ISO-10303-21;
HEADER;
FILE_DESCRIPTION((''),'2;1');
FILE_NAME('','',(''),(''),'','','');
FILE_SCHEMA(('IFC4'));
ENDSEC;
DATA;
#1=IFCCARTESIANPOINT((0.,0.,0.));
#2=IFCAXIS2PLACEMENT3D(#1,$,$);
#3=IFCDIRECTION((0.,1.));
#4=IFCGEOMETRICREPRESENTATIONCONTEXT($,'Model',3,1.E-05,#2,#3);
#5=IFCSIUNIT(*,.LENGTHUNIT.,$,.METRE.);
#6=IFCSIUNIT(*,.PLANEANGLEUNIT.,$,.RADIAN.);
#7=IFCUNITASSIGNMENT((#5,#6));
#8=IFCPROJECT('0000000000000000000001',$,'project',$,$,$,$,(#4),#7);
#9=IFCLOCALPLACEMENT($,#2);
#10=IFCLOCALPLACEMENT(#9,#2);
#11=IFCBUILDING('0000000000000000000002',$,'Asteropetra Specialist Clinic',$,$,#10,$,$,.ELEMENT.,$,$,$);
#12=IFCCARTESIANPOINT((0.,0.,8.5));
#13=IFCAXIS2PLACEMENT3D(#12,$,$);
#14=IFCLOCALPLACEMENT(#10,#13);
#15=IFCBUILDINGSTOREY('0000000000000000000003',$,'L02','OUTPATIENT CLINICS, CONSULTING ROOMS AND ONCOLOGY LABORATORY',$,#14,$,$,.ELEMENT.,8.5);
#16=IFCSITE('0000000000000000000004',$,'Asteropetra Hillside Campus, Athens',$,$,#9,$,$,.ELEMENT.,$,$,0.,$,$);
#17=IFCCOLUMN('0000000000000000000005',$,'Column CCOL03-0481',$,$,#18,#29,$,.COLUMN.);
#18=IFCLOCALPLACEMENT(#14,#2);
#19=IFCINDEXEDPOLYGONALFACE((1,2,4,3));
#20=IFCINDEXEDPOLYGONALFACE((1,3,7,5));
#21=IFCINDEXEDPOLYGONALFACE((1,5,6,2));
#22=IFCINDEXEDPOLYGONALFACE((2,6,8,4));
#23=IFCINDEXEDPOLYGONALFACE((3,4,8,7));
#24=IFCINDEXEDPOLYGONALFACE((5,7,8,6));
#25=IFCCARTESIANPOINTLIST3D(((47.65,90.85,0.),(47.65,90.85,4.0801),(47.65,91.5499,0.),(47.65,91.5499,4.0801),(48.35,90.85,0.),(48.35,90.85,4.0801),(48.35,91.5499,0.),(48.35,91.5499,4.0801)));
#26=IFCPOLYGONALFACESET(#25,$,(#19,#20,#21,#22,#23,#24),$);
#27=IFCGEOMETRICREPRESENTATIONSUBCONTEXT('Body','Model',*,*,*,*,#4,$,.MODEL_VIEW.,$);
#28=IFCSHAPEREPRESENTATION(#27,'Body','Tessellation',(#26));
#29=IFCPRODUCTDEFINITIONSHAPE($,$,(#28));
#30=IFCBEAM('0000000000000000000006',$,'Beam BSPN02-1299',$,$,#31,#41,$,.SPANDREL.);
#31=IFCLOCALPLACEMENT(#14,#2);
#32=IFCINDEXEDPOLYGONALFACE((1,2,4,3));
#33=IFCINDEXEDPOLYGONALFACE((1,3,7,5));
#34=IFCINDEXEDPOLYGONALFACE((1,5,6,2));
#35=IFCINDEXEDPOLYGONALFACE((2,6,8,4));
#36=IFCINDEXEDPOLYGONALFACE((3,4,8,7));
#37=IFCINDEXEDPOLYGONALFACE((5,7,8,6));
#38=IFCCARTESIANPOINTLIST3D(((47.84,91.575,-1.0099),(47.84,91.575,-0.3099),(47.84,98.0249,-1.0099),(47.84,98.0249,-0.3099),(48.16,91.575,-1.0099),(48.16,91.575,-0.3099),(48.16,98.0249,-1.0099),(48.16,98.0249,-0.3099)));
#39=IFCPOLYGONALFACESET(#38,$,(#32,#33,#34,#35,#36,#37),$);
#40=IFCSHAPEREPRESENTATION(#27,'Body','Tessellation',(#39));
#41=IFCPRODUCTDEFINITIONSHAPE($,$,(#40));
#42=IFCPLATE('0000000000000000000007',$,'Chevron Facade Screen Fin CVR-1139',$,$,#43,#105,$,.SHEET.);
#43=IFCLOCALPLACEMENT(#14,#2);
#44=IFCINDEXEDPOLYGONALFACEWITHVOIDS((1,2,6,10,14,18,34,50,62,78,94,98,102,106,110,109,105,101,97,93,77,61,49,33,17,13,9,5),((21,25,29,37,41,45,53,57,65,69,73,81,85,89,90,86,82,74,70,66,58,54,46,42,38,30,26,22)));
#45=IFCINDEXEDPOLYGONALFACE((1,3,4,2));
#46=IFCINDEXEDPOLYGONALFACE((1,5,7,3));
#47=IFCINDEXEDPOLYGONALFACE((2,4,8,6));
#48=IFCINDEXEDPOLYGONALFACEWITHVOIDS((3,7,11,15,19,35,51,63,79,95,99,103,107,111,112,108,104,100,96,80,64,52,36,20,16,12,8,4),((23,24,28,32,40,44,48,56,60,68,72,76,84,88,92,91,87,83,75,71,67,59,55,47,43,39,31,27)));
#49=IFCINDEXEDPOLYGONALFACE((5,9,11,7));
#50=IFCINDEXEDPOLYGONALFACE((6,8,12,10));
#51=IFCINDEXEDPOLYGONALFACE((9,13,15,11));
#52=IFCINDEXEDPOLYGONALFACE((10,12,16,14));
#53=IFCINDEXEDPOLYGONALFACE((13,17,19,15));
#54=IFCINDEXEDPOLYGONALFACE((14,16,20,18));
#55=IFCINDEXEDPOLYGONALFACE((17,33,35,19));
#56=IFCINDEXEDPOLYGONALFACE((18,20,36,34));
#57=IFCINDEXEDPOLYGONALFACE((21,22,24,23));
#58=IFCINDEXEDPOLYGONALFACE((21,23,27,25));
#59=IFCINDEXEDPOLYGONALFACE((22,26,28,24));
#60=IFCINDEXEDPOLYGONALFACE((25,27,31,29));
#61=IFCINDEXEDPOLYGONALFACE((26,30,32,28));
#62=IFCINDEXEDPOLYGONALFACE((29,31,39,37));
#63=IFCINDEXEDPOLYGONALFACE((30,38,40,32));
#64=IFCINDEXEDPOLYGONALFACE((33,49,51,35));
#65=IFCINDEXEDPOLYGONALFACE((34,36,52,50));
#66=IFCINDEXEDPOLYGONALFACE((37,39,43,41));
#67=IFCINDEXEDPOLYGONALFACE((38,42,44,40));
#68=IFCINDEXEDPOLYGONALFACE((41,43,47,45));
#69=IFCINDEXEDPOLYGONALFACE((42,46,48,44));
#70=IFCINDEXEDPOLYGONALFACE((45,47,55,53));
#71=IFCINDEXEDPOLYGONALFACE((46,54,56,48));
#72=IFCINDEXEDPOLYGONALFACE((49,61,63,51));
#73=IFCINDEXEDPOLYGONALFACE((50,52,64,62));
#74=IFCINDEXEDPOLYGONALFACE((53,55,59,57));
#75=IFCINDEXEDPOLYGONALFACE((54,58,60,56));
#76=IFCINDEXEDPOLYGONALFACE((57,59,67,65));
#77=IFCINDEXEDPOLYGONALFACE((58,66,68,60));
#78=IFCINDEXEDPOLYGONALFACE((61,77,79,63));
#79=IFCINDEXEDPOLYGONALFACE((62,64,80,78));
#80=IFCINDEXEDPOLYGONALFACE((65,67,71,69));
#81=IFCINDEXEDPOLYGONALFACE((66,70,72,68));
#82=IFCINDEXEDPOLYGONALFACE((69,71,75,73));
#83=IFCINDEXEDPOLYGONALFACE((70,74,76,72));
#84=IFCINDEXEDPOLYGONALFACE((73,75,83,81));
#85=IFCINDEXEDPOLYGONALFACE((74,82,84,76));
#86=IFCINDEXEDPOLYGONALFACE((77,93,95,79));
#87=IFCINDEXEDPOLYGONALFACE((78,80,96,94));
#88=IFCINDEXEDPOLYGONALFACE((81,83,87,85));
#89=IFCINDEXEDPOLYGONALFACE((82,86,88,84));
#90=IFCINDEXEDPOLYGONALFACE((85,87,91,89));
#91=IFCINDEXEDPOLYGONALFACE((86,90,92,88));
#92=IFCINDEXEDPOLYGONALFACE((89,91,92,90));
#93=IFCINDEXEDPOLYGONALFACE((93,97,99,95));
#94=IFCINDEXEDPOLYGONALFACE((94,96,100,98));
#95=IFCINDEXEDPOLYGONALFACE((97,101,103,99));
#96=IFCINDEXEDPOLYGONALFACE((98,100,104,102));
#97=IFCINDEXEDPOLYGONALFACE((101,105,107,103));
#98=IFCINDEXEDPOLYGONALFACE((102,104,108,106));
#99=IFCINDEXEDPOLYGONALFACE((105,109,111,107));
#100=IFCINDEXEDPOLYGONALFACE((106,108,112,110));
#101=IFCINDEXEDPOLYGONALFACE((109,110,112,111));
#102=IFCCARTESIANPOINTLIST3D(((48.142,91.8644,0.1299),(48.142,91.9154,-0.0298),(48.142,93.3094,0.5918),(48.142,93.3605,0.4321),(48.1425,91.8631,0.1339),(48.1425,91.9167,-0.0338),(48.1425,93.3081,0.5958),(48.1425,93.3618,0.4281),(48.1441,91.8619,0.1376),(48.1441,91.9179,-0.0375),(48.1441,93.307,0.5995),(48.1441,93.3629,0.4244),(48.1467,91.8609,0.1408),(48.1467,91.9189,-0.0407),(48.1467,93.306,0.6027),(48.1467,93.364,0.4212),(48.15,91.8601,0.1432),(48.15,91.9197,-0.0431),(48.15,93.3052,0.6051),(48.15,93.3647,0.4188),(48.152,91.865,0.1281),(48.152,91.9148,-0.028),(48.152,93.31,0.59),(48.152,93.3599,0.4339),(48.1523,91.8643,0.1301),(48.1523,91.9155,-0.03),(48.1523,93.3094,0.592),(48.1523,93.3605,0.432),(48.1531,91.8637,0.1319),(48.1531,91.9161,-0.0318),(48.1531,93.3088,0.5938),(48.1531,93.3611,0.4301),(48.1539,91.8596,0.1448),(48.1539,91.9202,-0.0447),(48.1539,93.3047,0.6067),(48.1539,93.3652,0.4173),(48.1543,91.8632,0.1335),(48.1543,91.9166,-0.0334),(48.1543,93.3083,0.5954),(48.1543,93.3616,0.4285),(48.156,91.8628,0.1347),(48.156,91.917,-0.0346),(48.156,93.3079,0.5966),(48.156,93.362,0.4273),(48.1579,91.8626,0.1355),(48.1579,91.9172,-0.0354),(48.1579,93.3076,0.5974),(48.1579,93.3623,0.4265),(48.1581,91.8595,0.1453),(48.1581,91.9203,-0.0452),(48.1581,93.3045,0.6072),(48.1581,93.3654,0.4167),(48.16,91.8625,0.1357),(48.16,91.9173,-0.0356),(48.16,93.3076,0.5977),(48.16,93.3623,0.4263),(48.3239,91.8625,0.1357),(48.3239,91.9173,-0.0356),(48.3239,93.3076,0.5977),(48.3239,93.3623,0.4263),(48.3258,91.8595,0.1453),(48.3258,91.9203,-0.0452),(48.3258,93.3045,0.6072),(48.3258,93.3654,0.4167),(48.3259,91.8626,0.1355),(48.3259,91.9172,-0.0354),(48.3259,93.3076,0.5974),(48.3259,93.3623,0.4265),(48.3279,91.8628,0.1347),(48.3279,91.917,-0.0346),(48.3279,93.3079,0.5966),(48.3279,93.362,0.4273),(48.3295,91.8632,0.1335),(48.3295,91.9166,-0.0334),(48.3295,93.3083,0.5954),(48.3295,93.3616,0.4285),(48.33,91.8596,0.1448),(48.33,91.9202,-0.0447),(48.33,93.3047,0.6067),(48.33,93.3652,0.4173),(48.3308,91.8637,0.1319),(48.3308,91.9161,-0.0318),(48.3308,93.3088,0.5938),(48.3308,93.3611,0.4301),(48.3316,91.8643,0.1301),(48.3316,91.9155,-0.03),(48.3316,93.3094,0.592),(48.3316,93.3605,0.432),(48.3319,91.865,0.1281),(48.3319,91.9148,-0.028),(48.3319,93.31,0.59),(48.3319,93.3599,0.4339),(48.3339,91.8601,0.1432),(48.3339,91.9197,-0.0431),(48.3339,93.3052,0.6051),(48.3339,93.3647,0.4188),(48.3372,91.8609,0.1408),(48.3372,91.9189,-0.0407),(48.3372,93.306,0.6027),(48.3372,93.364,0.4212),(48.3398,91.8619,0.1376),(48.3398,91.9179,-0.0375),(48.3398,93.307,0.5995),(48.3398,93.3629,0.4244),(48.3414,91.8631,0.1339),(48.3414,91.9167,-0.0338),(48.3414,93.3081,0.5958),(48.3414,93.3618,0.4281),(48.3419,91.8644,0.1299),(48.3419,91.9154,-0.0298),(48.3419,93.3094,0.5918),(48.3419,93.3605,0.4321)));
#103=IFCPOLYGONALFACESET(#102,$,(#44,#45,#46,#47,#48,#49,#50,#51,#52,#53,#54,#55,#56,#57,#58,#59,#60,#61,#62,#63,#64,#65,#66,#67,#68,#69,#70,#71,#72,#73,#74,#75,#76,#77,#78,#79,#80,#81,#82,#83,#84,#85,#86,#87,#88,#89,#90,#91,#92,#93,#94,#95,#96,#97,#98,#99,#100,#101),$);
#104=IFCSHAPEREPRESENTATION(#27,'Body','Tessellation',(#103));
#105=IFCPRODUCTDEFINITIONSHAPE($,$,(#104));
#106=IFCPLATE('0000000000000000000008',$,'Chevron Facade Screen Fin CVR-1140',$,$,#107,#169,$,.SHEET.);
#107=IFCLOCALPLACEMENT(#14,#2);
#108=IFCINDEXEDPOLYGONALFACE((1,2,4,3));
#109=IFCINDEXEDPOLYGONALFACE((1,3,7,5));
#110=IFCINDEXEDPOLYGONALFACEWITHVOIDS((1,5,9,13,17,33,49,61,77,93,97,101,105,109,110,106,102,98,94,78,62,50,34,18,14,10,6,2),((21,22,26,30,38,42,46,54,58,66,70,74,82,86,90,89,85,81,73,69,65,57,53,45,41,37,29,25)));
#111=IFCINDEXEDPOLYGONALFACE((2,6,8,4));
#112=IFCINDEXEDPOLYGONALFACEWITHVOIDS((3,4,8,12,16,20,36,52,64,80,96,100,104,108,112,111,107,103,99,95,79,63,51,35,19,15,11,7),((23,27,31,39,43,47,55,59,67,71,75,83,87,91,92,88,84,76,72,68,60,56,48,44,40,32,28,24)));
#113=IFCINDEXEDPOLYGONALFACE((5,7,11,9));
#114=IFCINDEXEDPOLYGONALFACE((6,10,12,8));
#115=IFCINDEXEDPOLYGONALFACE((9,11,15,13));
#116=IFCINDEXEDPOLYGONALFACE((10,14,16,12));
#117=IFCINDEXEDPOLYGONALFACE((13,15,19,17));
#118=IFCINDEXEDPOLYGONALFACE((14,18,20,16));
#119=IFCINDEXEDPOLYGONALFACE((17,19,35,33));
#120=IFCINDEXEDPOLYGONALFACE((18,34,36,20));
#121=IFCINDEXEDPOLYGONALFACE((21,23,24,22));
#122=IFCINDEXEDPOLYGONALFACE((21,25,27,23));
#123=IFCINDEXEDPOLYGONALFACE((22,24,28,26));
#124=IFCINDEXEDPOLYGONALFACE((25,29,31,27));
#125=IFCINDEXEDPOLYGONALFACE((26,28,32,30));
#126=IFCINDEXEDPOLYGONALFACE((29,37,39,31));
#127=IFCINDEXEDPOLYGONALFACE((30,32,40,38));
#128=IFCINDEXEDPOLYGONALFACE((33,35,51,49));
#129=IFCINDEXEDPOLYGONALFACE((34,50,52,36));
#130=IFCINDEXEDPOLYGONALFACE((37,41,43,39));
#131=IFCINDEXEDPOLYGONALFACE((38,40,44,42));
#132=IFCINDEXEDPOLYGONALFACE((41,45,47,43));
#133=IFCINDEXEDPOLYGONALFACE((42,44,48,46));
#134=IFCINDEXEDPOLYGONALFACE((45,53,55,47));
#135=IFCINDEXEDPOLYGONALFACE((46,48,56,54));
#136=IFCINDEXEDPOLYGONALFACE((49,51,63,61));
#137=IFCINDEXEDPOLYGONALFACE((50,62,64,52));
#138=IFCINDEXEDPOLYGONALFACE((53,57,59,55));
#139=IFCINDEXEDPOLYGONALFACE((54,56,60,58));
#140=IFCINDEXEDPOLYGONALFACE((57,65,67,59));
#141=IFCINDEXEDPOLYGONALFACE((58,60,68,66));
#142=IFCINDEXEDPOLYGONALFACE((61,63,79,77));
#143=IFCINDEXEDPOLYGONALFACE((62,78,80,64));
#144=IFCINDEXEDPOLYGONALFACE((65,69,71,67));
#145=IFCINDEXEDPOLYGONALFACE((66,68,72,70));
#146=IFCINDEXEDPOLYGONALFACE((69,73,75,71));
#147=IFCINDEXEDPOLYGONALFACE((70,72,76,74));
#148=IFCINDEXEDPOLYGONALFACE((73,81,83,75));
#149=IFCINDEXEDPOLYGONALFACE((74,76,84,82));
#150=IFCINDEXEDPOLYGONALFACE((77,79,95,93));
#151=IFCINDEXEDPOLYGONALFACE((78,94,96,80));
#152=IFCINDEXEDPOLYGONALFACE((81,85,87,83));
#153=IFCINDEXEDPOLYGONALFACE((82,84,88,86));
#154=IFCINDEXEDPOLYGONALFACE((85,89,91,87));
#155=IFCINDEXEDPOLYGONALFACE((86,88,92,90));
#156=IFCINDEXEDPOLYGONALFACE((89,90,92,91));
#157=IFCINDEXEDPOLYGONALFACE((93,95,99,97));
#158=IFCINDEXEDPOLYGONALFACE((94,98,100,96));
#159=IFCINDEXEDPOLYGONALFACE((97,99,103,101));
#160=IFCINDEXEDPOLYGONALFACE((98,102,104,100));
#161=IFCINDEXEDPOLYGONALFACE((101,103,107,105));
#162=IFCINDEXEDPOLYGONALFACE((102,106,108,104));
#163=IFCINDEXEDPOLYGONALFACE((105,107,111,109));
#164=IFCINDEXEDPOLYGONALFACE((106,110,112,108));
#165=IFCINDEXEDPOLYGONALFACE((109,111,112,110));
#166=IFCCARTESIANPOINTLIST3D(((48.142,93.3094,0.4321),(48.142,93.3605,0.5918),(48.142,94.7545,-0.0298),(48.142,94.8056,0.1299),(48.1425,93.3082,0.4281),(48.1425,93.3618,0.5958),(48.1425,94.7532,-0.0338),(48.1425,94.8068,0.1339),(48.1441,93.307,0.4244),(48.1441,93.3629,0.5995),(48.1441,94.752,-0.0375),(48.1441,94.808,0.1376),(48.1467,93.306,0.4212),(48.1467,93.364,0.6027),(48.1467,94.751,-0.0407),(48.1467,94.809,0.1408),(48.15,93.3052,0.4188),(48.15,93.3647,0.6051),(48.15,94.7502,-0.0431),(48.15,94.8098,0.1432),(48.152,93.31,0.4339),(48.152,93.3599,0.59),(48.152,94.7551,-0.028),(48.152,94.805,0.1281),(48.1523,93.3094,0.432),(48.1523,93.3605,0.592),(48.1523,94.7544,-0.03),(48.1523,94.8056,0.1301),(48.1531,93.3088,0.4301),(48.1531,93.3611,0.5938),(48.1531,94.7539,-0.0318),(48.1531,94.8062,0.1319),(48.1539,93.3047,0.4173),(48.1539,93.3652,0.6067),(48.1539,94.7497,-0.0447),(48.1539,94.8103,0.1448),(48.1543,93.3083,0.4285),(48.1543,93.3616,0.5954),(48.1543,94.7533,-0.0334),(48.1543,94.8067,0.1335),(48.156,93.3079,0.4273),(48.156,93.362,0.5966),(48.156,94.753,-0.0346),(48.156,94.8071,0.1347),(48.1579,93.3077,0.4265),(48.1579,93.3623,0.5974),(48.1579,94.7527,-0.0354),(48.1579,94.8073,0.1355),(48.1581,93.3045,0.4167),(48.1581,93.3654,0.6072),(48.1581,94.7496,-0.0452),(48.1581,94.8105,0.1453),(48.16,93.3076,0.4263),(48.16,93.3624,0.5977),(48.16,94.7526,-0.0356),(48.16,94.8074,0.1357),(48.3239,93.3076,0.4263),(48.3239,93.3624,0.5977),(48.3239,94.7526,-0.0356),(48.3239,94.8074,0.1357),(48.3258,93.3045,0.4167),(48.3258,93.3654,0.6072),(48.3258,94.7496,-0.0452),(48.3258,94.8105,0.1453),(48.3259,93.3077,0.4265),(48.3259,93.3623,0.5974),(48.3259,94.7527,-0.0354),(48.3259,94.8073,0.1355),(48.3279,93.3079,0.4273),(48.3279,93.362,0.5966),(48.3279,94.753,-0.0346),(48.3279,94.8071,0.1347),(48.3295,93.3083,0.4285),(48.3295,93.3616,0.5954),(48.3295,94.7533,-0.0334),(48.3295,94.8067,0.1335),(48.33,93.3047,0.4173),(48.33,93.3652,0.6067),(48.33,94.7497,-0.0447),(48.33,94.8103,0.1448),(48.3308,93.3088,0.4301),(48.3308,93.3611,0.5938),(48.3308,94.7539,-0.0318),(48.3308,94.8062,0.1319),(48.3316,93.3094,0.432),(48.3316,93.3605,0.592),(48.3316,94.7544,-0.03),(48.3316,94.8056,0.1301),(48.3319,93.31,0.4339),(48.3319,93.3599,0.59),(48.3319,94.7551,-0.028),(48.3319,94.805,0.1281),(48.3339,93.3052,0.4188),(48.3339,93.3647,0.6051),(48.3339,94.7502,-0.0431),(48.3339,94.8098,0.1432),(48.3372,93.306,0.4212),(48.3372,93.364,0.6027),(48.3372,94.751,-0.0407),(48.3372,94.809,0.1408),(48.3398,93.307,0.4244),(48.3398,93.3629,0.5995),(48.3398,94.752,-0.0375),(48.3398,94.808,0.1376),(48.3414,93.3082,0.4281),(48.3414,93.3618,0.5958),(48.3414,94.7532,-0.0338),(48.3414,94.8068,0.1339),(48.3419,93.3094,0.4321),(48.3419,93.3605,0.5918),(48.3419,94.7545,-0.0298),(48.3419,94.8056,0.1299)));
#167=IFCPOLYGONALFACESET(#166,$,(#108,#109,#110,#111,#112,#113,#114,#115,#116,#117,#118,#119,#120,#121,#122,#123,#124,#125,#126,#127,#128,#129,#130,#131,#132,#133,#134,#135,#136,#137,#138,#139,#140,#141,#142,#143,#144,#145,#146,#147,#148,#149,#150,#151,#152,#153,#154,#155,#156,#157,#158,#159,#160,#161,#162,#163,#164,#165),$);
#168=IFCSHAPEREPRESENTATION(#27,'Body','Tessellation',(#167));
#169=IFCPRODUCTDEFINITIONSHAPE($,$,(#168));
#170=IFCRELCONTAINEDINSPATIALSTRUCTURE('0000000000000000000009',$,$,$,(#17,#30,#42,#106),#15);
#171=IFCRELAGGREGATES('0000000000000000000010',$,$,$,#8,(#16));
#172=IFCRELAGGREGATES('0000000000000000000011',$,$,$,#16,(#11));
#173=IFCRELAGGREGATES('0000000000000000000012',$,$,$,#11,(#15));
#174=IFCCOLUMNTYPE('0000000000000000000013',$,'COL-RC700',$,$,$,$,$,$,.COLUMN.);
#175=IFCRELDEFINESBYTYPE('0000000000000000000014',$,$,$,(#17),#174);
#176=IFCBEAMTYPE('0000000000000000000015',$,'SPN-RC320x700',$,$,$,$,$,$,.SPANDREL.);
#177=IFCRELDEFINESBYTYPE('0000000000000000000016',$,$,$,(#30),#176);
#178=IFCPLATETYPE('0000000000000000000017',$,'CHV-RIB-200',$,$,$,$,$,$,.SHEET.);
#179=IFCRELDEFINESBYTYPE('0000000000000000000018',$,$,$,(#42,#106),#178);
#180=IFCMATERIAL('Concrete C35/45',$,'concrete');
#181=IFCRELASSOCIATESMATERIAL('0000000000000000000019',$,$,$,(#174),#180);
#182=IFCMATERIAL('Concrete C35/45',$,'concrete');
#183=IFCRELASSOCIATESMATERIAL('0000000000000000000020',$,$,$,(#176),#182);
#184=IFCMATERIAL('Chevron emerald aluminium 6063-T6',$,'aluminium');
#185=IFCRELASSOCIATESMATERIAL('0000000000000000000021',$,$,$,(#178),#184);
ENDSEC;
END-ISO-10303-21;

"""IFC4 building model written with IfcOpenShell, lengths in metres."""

from ifc_helpers import new_model, si_unit, direction, frame, origin, origin_2d, place, context, subcontext, project, spatial, rectangle, hollow_rectangle, extrude, material, material_profile, profile_set, type_object, element, save


model = new_model("IFC4")

# Units and contexts
model_context = context("Model", 3, precision=1e-05, world=origin(), true_north=direction((0.0, 1.0)))
body_context = subcontext(model_context, "Body", "Model", "MODEL_VIEW")
ifc_project = project(units=[si_unit("LENGTHUNIT", "METRE"), si_unit("PLANEANGLEUNIT", "RADIAN")], contexts=[model_context])

# Site, building, storey
site_placement = place(None, origin())
site = spatial("IfcSite", under=ifc_project, at=site_placement, Name="Asteropetra Hillside Campus, Athens", CompositionType="ELEMENT", RefElevation=0.0)
building_placement = place(site_placement, origin())
building = spatial("IfcBuilding", under=site, at=building_placement, Name="Asteropetra Specialist Clinic", CompositionType="ELEMENT")
storey_placement = place(building_placement, frame((0.0, 0.0, 8.5)))
storey = spatial("IfcBuildingStorey", under=building, at=storey_placement, Name="L02", Description="OUTPATIENT CLINICS, CONSULTING ROOMS AND ONCOLOGY LABORATORY", CompositionType="ELEMENT", Elevation=8.5)

# Column
ifc_material_1 = material(Name="Concrete C35/45", Category="concrete")
ifc_material_profile_1 = material_profile(ifc_material_1, rectangle(XDim=0.7, YDim=0.7, at=origin_2d()), Name="RC 700x700")
ifc_profile_set_1 = profile_set([ifc_material_profile_1], Name="Concrete C35/45")
column_type = type_object("IfcColumnType", Name="COL-RC700", PredefinedType="COLUMN", material=ifc_profile_set_1)
column_placement = place(storey_placement, frame((48.0, 91.2, 0.0), z_axis=(0.0, 0.0, 1.0), x_axis=(1.0, 0.0, 0.0)))
element("IfcColumn", 1, at=column_placement, inside=storey, type_object=column_type, Name="Column CCOL03-0481", PredefinedType="COLUMN", context=body_context, shape_type="SweptSolid", body=[
    extrude(rectangle(XDim=0.7, YDim=0.7, at=origin_2d()), origin(), (0.0, 0.0, 1.0), 4.0801),
])

# Beam
ifc_material_2 = material(Name="Concrete C35/45", Category="concrete")
ifc_material_profile_2 = material_profile(ifc_material_2, rectangle(XDim=0.3201, YDim=0.7, at=origin_2d()), Name="RCS 320x700")
ifc_profile_set_2 = profile_set([ifc_material_profile_2], Name="Concrete C35/45")
beam_type = type_object("IfcBeamType", Name="SPN-RC320x700", PredefinedType="SPANDREL", material=ifc_profile_set_2)
beam_placement = place(storey_placement, frame((48.0, 91.575, -0.6599), z_axis=(0.0, 1.0, 0.0), x_axis=(-1.0, 0.0, 0.0)))
element("IfcBeam", 2, at=beam_placement, inside=storey, type_object=beam_type, Name="Beam BSPN02-1299", PredefinedType="SPANDREL", context=body_context, shape_type="SweptSolid", body=[
    extrude(rectangle(XDim=0.3201, YDim=0.7, at=origin_2d()), origin(), (0.0, 0.0, 1.0), 6.45),
])

# Plates
ifc_material_3 = material(Name="Chevron emerald aluminium 6063-T6", Category="aluminium")
ifc_material_profile_3 = material_profile(ifc_material_3, hollow_rectangle(XDim=0.2, YDim=0.2, WallThickness=0.01, InnerFilletRadius=0.0081, OuterFilletRadius=0.0161, at=origin_2d()), Name="SHS 200x200x10.0")
ifc_profile_set_3 = profile_set([ifc_material_profile_3], Name="Chevron emerald aluminium 6063-T6")
plate_type_1 = type_object("IfcPlateType", Name="CHV-RIB-200", PredefinedType="SHEET", material=ifc_profile_set_3)
for number, where, z_axis, x_axis, name in (
    (3, (48.2419, 91.8899, 0.05), (0.0, 0.952521, 0.304472), (-1.0, 0.0, 0.0), "Chevron Facade Screen Fin CVR-1139"),
    (4, (48.2419, 93.335, 0.512), (0.0, 0.952521, -0.304472), (-1.0, 0.0, 0.0), "Chevron Facade Screen Fin CVR-1140"),
):
    element("IfcPlate", number, at=place(storey_placement, frame(where, z_axis=z_axis, x_axis=x_axis)), inside=storey, type_object=plate_type_1, Name=name, PredefinedType="SHEET", context=body_context, shape_type="SweptSolid", body=[
        extrude(hollow_rectangle(XDim=0.2, YDim=0.2, WallThickness=0.01, InnerFilletRadius=0.0081, OuterFilletRadius=0.0161, at=origin_2d()), origin(), (0.0, 0.0, 1.0), 1.5171),
    ])

save(model, "model.ifc")
